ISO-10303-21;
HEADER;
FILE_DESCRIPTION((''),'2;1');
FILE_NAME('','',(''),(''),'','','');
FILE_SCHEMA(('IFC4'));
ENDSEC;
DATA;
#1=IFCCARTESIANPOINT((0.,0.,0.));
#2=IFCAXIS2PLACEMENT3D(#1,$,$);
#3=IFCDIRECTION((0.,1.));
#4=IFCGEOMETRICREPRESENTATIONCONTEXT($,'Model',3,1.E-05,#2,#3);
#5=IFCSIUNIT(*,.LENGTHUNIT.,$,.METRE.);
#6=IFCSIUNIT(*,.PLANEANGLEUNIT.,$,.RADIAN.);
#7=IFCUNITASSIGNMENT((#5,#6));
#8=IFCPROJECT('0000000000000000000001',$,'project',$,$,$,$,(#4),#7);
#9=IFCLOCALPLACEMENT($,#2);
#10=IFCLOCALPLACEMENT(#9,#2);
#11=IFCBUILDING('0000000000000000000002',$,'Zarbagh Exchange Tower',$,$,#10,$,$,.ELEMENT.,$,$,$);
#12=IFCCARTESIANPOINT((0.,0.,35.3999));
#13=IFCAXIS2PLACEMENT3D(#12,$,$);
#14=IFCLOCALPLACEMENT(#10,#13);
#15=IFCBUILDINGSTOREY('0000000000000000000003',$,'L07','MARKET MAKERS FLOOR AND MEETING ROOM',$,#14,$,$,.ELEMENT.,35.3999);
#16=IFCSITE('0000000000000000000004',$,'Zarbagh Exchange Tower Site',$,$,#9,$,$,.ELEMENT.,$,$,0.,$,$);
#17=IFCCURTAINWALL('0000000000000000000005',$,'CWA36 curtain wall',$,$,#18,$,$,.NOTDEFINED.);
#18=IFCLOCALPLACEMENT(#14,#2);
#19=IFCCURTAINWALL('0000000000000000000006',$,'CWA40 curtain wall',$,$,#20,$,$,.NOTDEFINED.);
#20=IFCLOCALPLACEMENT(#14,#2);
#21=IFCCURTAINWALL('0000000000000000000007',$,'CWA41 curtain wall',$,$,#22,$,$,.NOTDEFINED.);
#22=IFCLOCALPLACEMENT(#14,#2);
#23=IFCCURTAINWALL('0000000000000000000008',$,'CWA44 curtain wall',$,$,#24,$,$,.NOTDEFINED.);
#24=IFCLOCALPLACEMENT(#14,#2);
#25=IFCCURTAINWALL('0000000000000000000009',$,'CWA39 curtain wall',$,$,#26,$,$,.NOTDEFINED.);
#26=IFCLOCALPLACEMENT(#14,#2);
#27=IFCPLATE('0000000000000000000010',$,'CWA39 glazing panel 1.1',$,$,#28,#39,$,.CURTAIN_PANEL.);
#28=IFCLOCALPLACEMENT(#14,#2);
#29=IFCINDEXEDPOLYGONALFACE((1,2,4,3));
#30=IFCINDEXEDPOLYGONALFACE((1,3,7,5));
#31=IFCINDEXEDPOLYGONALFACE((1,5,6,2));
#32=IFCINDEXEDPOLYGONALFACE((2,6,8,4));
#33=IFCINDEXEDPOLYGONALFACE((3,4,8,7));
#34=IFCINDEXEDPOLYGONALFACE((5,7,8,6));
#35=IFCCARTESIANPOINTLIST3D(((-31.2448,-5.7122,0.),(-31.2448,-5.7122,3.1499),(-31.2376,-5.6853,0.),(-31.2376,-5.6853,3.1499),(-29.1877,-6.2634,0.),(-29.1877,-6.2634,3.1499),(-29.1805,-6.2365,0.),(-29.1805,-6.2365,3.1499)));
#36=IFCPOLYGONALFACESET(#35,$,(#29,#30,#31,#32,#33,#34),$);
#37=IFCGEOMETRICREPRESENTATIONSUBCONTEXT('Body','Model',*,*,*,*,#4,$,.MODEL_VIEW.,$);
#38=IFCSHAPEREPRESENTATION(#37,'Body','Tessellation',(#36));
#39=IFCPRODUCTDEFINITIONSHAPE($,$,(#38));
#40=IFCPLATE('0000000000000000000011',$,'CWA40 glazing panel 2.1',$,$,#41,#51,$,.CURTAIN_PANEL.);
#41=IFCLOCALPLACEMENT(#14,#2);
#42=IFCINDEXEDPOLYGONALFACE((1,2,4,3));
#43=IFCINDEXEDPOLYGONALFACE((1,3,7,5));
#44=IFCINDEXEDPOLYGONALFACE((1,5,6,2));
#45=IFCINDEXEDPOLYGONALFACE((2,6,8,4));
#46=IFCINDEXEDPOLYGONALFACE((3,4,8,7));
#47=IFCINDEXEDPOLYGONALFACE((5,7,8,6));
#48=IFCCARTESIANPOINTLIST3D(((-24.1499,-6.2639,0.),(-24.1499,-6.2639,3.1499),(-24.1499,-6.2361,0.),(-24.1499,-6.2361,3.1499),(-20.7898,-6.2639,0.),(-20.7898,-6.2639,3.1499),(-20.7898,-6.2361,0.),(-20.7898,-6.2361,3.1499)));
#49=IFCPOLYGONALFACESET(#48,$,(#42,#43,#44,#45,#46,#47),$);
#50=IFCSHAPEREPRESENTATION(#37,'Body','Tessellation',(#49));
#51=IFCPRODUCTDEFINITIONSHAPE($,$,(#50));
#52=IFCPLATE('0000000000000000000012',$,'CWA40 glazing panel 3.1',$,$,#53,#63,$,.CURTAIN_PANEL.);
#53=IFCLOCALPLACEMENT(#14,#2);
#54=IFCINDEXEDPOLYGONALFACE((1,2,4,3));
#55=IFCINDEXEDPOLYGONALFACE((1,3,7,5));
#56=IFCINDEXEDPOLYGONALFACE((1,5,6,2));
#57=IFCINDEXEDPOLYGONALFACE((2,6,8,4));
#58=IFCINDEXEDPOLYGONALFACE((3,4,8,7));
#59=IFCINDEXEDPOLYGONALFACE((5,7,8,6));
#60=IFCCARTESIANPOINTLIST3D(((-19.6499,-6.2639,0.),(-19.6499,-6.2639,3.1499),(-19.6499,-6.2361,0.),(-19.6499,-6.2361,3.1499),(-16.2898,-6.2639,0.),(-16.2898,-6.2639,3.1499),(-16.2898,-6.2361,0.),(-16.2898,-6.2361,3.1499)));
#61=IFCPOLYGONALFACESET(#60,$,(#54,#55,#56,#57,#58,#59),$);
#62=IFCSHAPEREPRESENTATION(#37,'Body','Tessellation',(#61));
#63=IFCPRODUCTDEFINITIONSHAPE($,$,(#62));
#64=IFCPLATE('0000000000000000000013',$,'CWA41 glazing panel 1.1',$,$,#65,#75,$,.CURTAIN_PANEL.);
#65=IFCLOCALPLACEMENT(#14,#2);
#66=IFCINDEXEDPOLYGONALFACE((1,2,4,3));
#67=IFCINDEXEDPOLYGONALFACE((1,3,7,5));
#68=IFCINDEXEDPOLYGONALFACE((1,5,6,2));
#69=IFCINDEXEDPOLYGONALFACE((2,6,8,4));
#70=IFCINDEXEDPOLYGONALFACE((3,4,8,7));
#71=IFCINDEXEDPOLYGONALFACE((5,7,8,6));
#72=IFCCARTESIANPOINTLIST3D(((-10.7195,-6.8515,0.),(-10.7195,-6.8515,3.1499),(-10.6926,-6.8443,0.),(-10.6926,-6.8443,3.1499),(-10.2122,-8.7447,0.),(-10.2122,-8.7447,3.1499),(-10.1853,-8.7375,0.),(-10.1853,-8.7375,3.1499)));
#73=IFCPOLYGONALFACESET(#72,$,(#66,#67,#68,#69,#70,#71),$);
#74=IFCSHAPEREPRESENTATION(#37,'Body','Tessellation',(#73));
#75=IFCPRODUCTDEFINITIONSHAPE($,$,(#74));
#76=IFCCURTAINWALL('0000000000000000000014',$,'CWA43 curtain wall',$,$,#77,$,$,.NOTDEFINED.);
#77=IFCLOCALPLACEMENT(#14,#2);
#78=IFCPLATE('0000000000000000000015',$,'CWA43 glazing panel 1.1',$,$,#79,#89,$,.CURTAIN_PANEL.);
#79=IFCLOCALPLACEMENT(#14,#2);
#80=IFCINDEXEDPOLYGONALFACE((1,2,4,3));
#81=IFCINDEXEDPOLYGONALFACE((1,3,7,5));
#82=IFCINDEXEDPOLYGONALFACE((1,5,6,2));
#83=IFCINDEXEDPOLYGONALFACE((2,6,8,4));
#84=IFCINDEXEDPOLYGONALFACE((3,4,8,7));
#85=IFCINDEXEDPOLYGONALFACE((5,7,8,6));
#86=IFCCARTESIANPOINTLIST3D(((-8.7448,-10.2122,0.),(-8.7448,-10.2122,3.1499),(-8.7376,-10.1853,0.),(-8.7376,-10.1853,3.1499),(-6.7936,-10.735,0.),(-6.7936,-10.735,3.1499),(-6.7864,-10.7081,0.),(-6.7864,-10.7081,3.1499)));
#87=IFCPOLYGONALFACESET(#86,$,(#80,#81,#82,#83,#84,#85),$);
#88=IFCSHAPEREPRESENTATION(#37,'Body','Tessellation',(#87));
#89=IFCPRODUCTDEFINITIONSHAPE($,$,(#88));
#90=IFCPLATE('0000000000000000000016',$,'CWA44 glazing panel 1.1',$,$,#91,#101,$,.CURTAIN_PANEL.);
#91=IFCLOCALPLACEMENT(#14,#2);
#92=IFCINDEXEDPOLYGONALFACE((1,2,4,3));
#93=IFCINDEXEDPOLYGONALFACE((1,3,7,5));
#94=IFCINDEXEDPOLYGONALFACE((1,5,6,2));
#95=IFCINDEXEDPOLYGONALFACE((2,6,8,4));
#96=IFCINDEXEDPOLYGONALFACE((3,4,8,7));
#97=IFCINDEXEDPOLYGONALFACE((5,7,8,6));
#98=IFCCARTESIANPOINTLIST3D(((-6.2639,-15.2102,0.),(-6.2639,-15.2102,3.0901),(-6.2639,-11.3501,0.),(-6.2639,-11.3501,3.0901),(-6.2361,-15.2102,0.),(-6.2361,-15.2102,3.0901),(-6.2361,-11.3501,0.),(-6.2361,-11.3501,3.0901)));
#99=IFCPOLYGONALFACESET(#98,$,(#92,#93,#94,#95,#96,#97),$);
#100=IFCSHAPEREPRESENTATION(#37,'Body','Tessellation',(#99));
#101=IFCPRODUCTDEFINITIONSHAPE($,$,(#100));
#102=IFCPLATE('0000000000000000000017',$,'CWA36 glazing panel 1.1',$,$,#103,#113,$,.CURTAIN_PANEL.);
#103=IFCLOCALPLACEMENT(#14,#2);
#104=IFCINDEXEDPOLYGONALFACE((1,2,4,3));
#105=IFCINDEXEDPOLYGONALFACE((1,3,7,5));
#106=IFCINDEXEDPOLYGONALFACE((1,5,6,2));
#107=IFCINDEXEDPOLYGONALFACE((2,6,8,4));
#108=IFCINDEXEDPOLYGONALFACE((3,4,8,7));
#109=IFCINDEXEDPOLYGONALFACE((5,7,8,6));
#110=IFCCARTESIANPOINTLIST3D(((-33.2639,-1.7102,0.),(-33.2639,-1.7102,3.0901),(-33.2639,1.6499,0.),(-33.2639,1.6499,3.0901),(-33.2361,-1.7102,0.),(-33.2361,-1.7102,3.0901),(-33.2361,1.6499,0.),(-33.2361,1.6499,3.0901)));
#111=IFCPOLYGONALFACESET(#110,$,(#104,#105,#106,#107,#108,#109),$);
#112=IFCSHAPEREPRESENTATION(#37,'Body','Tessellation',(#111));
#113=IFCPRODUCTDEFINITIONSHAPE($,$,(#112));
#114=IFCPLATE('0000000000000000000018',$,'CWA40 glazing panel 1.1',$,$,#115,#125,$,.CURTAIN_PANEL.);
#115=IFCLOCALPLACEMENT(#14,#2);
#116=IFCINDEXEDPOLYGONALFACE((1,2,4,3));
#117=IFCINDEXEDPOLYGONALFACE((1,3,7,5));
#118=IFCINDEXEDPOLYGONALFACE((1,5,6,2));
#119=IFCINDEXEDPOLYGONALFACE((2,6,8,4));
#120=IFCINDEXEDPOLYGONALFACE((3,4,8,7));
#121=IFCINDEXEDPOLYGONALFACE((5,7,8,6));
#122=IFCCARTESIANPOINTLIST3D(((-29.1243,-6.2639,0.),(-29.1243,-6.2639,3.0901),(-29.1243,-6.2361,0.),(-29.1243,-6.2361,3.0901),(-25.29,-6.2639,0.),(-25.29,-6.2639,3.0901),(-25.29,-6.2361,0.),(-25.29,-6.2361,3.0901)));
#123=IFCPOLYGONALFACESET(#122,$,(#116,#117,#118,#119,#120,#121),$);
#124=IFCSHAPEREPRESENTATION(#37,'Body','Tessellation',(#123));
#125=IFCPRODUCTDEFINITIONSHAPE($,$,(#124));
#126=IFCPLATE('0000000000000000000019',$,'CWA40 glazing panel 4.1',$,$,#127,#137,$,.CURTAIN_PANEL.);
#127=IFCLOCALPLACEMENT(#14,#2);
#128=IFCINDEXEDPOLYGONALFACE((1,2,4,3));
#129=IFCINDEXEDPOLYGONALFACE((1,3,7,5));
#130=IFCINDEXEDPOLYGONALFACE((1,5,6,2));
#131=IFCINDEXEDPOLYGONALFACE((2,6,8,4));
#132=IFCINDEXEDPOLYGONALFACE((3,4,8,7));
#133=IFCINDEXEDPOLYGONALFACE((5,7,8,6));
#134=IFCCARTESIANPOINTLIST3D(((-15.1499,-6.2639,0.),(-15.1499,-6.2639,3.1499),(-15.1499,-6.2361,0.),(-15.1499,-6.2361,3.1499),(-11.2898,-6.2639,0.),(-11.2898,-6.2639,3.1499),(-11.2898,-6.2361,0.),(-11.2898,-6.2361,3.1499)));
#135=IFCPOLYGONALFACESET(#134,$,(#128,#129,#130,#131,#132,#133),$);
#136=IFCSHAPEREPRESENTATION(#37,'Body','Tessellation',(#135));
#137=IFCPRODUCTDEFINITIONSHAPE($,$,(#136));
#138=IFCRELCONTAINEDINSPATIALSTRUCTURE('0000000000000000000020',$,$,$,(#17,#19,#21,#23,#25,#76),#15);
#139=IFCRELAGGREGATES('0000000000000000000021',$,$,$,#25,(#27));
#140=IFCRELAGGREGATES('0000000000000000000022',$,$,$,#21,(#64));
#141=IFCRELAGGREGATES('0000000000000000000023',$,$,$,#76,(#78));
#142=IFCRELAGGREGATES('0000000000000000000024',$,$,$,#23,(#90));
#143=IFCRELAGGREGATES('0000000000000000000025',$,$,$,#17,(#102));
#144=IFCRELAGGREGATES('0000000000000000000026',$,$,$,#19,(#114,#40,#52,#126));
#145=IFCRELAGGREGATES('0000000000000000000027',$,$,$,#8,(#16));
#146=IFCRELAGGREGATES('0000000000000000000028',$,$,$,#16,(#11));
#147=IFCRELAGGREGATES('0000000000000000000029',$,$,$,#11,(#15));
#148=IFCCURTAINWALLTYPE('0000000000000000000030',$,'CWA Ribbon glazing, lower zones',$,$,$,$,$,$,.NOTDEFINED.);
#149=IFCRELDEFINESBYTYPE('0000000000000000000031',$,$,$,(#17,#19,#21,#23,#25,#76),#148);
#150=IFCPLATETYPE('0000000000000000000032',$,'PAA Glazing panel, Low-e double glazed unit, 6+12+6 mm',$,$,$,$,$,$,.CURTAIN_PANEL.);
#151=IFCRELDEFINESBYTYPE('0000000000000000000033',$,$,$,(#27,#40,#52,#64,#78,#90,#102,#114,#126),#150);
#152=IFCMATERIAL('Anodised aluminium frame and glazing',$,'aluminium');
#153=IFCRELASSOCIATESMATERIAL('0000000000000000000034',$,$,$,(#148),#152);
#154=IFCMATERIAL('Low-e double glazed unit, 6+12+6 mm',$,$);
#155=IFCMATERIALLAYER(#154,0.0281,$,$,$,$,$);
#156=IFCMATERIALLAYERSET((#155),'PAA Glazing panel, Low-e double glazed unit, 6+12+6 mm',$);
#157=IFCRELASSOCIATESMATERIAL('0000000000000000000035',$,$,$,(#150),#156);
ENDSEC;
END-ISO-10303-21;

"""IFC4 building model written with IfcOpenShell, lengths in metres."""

from ifc_helpers import new_model, si_unit, direction, frame, origin, place, context, subcontext, project, spatial, polyline, outline, extrude, source, transform, mapped, material, layer, layer_set, type_object, element, aggregate, save


model = new_model("IFC4")

# Units and contexts
model_context = context("Model", 3, precision=1e-05, world=origin(), true_north=direction((0.0, 1.0)))
body_context = subcontext(model_context, "Body", "Model", "MODEL_VIEW")
ifc_project = project(units=[si_unit("LENGTHUNIT", "METRE"), si_unit("PLANEANGLEUNIT", "RADIAN")], contexts=[model_context])

# Site, building, storey
site_placement = place(None, origin())
site = spatial("IfcSite", under=ifc_project, at=site_placement, Name="Zarbagh Exchange Tower Site", CompositionType="ELEMENT", RefElevation=0.0)
building_placement = place(site_placement, origin())
building = spatial("IfcBuilding", under=site, at=building_placement, Name="Zarbagh Exchange Tower", CompositionType="ELEMENT")
storey_placement = place(building_placement, frame((0.0, 0.0, 35.3999)))
storey = spatial("IfcBuildingStorey", under=building, at=storey_placement, Name="L07", Description="MARKET MAKERS FLOOR AND MEETING ROOM", CompositionType="ELEMENT", Elevation=35.3999)

# Curtain wall
ifc_material_1 = material(Name="Anodised aluminium frame and glazing", Category="aluminium")
curtain_wall_type = type_object("IfcCurtainWallType", Name="CWA Ribbon glazing, lower zones", PredefinedType="NOTDEFINED", material=ifc_material_1)
curtain_wall_1_placement = place(storey_placement, origin())
curtain_wall_1 = element("IfcCurtainWall", 1, at=curtain_wall_1_placement, inside=storey, type_object=curtain_wall_type, Name="CWA36 curtain wall", PredefinedType="NOTDEFINED")
placement = place(storey_placement, origin())

# Curtain wall
curtain_wall_2_placement = place(storey_placement, origin())
curtain_wall_2 = element("IfcCurtainWall", 2, at=curtain_wall_2_placement, inside=storey, type_object=curtain_wall_type, Name="CWA40 curtain wall", PredefinedType="NOTDEFINED")

# Curtain wall
curtain_wall_3_placement = place(storey_placement, origin())
curtain_wall_3 = element("IfcCurtainWall", 3, at=curtain_wall_3_placement, inside=storey, type_object=curtain_wall_type, Name="CWA41 curtain wall", PredefinedType="NOTDEFINED")

# Curtain wall
curtain_wall_4_placement = place(storey_placement, origin())
curtain_wall_4 = element("IfcCurtainWall", 4, at=curtain_wall_4_placement, inside=storey, type_object=curtain_wall_type, Name="CWA44 curtain wall", PredefinedType="NOTDEFINED")

# Shared definitions
ifc_material_2 = material(Name="Low-e double glazed unit, 6+12+6 mm")
ifc_layer = layer(ifc_material_2, 0.0281)
ifc_layer_set = layer_set([ifc_layer], Name="PAA Glazing panel, Low-e double glazed unit, 6+12+6 mm")
plate_type = type_object("IfcPlateType", Name="PAA Glazing panel, Low-e double glazed unit, 6+12+6 mm", PredefinedType="CURTAIN_PANEL", material=ifc_layer_set)

# Curtain wall, plate
curtain_wall_5_placement = place(storey_placement, origin())
curtain_wall_5 = element("IfcCurtainWall", 5, at=curtain_wall_5_placement, inside=storey, type_object=curtain_wall_type, Name="CWA39 curtain wall", PredefinedType="NOTDEFINED")
shared_shape_1 = source(origin(), body_context, "Body", "SweptSolid", [
    extrude(outline(polyline([(0.0, -0.0139), (2.1296, -0.0139), (2.1296, 0.0139), (0.0, 0.0139), (0.0, -0.0139)])), origin(), (0.0, 0.0, 1.0), 3.1499),
])
plate_1 = element("IfcPlate", 6, at=placement, type_object=plate_type, Name="CWA39 glazing panel 1.1", PredefinedType="CURTAIN_PANEL", context=body_context, shape_type="MappedRepresentation", body=[
    mapped(shared_shape_1, transform((-31.2412, -5.6987, 0.0), x_axis=(0.965924, -0.258825, 0.0), y_axis=(0.258825, 0.965924, 0.0), z_axis=(0.0, 0.0, 1.0))),
])
aggregate(curtain_wall_5, [plate_1])

# Plates
shared_shape_2 = source(origin(), body_context, "Body", "SweptSolid", [
    extrude(outline(polyline([(0.0, -0.0139), (3.3601, -0.0139), (3.3601, 0.0139), (0.0, 0.0139), (0.0, -0.0139)])), origin(), (0.0, 0.0, 1.0), 3.1499),
])
plate_2 = element("IfcPlate", 7, at=placement, type_object=plate_type, Name="CWA40 glazing panel 2.1", PredefinedType="CURTAIN_PANEL", context=body_context, shape_type="MappedRepresentation", body=[
    mapped(shared_shape_2, transform((-24.1499, -6.25, 0.0), x_axis=(1.0, 0.0, 0.0), y_axis=(0.0, 1.0, 0.0), z_axis=(0.0, 0.0, 1.0))),
])
plate_3 = element("IfcPlate", 8, at=placement, type_object=plate_type, Name="CWA40 glazing panel 3.1", PredefinedType="CURTAIN_PANEL", context=body_context, shape_type="MappedRepresentation", body=[
    mapped(shared_shape_2, transform((-19.6499, -6.25, 0.0), x_axis=(1.0, 0.0, 0.0), y_axis=(0.0, 1.0, 0.0), z_axis=(0.0, 0.0, 1.0))),
])
shared_shape_3 = source(origin(), body_context, "Body", "SweptSolid", [
    extrude(outline(polyline([(0.0, -0.0139), (1.96, -0.0139), (1.96, 0.0139), (0.0, 0.0139), (0.0, -0.0139)])), origin(), (0.0, 0.0, 1.0), 3.1499),
])
plate_4 = element("IfcPlate", 9, at=placement, type_object=plate_type, Name="CWA41 glazing panel 1.1", PredefinedType="CURTAIN_PANEL", context=body_context, shape_type="MappedRepresentation", body=[
    mapped(shared_shape_3, transform((-10.7061, -6.8479, 0.0), x_axis=(0.258825, -0.965924, 0.0), y_axis=(0.965924, 0.258825, 0.0), z_axis=(0.0, 0.0, 1.0))),
])
aggregate(curtain_wall_3, [plate_4])

# Curtain wall, plate
curtain_wall_6_placement = place(storey_placement, origin())
curtain_wall_6 = element("IfcCurtainWall", 10, at=curtain_wall_6_placement, inside=storey, type_object=curtain_wall_type, Name="CWA43 curtain wall", PredefinedType="NOTDEFINED")
shared_shape_4 = source(origin(), body_context, "Body", "SweptSolid", [
    extrude(outline(polyline([(0.0, -0.0139), (2.02, -0.0139), (2.02, 0.0139), (0.0, 0.0139), (0.0, -0.0139)])), origin(), (0.0, 0.0, 1.0), 3.1499),
])
plate_5 = element("IfcPlate", 11, at=placement, type_object=plate_type, Name="CWA43 glazing panel 1.1", PredefinedType="CURTAIN_PANEL", context=body_context, shape_type="MappedRepresentation", body=[
    mapped(shared_shape_4, transform((-8.7412, -10.1987, 0.0), x_axis=(0.965924, -0.258825, 0.0), y_axis=(0.258825, 0.965924, 0.0), z_axis=(0.0, 0.0, 1.0))),
])
aggregate(curtain_wall_6, [plate_5])

# Plates
shared_shape_5 = source(origin(), body_context, "Body", "SweptSolid", [
    extrude(outline(polyline([(0.0, -0.0139), (3.8601, -0.0139), (3.8601, 0.0139), (0.0, 0.0139), (0.0, -0.0139)])), origin(), (0.0, 0.0, 1.0), 3.0901),
])
plate_6 = element("IfcPlate", 12, at=placement, type_object=plate_type, Name="CWA44 glazing panel 1.1", PredefinedType="CURTAIN_PANEL", context=body_context, shape_type="MappedRepresentation", body=[
    mapped(shared_shape_5, transform((-6.25, -11.3501, 0.0), x_axis=(0.0, -1.0, 0.0), y_axis=(1.0, 0.0, 0.0), z_axis=(0.0, 0.0, 1.0))),
])
aggregate(curtain_wall_4, [plate_6])
shared_shape_6 = source(origin(), body_context, "Body", "SweptSolid", [
    extrude(outline(polyline([(0.0, -0.0139), (3.3601, -0.0139), (3.3601, 0.0139), (0.0, 0.0139), (0.0, -0.0139)])), origin(), (0.0, 0.0, 1.0), 3.0901),
])
plate_7 = element("IfcPlate", 13, at=placement, type_object=plate_type, Name="CWA36 glazing panel 1.1", PredefinedType="CURTAIN_PANEL", context=body_context, shape_type="MappedRepresentation", body=[
    mapped(shared_shape_6, transform((-33.25, 1.6499, 0.0), x_axis=(0.0, -1.0, 0.0), y_axis=(1.0, 0.0, 0.0), z_axis=(0.0, 0.0, 1.0))),
])
aggregate(curtain_wall_1, [plate_7])
shared_shape_7 = source(origin(), body_context, "Body", "SweptSolid", [
    extrude(outline(polyline([(0.0, -0.0139), (3.8342, -0.0139), (3.8342, 0.0139), (0.0, 0.0139), (0.0, -0.0139)])), origin(), (0.0, 0.0, 1.0), 3.0901),
])
plate_8 = element("IfcPlate", 14, at=placement, type_object=plate_type, Name="CWA40 glazing panel 1.1", PredefinedType="CURTAIN_PANEL", context=body_context, shape_type="MappedRepresentation", body=[
    mapped(shared_shape_7, transform((-29.1243, -6.25, 0.0), x_axis=(1.0, 0.0, 0.0), y_axis=(0.0, 1.0, 0.0), z_axis=(0.0, 0.0, 1.0))),
])
shared_shape_8 = source(origin(), body_context, "Body", "SweptSolid", [
    extrude(outline(polyline([(0.0, -0.0139), (3.8601, -0.0139), (3.8601, 0.0139), (0.0, 0.0139), (0.0, -0.0139)])), origin(), (0.0, 0.0, 1.0), 3.1499),
])
plate_9 = element("IfcPlate", 15, at=placement, type_object=plate_type, Name="CWA40 glazing panel 4.1", PredefinedType="CURTAIN_PANEL", context=body_context, shape_type="MappedRepresentation", body=[
    mapped(shared_shape_8, transform((-15.1499, -6.25, 0.0), x_axis=(1.0, 0.0, 0.0), y_axis=(0.0, 1.0, 0.0), z_axis=(0.0, 0.0, 1.0))),
])
aggregate(curtain_wall_2, [plate_8, plate_2, plate_3, plate_9])

save(model, "model.ifc")
